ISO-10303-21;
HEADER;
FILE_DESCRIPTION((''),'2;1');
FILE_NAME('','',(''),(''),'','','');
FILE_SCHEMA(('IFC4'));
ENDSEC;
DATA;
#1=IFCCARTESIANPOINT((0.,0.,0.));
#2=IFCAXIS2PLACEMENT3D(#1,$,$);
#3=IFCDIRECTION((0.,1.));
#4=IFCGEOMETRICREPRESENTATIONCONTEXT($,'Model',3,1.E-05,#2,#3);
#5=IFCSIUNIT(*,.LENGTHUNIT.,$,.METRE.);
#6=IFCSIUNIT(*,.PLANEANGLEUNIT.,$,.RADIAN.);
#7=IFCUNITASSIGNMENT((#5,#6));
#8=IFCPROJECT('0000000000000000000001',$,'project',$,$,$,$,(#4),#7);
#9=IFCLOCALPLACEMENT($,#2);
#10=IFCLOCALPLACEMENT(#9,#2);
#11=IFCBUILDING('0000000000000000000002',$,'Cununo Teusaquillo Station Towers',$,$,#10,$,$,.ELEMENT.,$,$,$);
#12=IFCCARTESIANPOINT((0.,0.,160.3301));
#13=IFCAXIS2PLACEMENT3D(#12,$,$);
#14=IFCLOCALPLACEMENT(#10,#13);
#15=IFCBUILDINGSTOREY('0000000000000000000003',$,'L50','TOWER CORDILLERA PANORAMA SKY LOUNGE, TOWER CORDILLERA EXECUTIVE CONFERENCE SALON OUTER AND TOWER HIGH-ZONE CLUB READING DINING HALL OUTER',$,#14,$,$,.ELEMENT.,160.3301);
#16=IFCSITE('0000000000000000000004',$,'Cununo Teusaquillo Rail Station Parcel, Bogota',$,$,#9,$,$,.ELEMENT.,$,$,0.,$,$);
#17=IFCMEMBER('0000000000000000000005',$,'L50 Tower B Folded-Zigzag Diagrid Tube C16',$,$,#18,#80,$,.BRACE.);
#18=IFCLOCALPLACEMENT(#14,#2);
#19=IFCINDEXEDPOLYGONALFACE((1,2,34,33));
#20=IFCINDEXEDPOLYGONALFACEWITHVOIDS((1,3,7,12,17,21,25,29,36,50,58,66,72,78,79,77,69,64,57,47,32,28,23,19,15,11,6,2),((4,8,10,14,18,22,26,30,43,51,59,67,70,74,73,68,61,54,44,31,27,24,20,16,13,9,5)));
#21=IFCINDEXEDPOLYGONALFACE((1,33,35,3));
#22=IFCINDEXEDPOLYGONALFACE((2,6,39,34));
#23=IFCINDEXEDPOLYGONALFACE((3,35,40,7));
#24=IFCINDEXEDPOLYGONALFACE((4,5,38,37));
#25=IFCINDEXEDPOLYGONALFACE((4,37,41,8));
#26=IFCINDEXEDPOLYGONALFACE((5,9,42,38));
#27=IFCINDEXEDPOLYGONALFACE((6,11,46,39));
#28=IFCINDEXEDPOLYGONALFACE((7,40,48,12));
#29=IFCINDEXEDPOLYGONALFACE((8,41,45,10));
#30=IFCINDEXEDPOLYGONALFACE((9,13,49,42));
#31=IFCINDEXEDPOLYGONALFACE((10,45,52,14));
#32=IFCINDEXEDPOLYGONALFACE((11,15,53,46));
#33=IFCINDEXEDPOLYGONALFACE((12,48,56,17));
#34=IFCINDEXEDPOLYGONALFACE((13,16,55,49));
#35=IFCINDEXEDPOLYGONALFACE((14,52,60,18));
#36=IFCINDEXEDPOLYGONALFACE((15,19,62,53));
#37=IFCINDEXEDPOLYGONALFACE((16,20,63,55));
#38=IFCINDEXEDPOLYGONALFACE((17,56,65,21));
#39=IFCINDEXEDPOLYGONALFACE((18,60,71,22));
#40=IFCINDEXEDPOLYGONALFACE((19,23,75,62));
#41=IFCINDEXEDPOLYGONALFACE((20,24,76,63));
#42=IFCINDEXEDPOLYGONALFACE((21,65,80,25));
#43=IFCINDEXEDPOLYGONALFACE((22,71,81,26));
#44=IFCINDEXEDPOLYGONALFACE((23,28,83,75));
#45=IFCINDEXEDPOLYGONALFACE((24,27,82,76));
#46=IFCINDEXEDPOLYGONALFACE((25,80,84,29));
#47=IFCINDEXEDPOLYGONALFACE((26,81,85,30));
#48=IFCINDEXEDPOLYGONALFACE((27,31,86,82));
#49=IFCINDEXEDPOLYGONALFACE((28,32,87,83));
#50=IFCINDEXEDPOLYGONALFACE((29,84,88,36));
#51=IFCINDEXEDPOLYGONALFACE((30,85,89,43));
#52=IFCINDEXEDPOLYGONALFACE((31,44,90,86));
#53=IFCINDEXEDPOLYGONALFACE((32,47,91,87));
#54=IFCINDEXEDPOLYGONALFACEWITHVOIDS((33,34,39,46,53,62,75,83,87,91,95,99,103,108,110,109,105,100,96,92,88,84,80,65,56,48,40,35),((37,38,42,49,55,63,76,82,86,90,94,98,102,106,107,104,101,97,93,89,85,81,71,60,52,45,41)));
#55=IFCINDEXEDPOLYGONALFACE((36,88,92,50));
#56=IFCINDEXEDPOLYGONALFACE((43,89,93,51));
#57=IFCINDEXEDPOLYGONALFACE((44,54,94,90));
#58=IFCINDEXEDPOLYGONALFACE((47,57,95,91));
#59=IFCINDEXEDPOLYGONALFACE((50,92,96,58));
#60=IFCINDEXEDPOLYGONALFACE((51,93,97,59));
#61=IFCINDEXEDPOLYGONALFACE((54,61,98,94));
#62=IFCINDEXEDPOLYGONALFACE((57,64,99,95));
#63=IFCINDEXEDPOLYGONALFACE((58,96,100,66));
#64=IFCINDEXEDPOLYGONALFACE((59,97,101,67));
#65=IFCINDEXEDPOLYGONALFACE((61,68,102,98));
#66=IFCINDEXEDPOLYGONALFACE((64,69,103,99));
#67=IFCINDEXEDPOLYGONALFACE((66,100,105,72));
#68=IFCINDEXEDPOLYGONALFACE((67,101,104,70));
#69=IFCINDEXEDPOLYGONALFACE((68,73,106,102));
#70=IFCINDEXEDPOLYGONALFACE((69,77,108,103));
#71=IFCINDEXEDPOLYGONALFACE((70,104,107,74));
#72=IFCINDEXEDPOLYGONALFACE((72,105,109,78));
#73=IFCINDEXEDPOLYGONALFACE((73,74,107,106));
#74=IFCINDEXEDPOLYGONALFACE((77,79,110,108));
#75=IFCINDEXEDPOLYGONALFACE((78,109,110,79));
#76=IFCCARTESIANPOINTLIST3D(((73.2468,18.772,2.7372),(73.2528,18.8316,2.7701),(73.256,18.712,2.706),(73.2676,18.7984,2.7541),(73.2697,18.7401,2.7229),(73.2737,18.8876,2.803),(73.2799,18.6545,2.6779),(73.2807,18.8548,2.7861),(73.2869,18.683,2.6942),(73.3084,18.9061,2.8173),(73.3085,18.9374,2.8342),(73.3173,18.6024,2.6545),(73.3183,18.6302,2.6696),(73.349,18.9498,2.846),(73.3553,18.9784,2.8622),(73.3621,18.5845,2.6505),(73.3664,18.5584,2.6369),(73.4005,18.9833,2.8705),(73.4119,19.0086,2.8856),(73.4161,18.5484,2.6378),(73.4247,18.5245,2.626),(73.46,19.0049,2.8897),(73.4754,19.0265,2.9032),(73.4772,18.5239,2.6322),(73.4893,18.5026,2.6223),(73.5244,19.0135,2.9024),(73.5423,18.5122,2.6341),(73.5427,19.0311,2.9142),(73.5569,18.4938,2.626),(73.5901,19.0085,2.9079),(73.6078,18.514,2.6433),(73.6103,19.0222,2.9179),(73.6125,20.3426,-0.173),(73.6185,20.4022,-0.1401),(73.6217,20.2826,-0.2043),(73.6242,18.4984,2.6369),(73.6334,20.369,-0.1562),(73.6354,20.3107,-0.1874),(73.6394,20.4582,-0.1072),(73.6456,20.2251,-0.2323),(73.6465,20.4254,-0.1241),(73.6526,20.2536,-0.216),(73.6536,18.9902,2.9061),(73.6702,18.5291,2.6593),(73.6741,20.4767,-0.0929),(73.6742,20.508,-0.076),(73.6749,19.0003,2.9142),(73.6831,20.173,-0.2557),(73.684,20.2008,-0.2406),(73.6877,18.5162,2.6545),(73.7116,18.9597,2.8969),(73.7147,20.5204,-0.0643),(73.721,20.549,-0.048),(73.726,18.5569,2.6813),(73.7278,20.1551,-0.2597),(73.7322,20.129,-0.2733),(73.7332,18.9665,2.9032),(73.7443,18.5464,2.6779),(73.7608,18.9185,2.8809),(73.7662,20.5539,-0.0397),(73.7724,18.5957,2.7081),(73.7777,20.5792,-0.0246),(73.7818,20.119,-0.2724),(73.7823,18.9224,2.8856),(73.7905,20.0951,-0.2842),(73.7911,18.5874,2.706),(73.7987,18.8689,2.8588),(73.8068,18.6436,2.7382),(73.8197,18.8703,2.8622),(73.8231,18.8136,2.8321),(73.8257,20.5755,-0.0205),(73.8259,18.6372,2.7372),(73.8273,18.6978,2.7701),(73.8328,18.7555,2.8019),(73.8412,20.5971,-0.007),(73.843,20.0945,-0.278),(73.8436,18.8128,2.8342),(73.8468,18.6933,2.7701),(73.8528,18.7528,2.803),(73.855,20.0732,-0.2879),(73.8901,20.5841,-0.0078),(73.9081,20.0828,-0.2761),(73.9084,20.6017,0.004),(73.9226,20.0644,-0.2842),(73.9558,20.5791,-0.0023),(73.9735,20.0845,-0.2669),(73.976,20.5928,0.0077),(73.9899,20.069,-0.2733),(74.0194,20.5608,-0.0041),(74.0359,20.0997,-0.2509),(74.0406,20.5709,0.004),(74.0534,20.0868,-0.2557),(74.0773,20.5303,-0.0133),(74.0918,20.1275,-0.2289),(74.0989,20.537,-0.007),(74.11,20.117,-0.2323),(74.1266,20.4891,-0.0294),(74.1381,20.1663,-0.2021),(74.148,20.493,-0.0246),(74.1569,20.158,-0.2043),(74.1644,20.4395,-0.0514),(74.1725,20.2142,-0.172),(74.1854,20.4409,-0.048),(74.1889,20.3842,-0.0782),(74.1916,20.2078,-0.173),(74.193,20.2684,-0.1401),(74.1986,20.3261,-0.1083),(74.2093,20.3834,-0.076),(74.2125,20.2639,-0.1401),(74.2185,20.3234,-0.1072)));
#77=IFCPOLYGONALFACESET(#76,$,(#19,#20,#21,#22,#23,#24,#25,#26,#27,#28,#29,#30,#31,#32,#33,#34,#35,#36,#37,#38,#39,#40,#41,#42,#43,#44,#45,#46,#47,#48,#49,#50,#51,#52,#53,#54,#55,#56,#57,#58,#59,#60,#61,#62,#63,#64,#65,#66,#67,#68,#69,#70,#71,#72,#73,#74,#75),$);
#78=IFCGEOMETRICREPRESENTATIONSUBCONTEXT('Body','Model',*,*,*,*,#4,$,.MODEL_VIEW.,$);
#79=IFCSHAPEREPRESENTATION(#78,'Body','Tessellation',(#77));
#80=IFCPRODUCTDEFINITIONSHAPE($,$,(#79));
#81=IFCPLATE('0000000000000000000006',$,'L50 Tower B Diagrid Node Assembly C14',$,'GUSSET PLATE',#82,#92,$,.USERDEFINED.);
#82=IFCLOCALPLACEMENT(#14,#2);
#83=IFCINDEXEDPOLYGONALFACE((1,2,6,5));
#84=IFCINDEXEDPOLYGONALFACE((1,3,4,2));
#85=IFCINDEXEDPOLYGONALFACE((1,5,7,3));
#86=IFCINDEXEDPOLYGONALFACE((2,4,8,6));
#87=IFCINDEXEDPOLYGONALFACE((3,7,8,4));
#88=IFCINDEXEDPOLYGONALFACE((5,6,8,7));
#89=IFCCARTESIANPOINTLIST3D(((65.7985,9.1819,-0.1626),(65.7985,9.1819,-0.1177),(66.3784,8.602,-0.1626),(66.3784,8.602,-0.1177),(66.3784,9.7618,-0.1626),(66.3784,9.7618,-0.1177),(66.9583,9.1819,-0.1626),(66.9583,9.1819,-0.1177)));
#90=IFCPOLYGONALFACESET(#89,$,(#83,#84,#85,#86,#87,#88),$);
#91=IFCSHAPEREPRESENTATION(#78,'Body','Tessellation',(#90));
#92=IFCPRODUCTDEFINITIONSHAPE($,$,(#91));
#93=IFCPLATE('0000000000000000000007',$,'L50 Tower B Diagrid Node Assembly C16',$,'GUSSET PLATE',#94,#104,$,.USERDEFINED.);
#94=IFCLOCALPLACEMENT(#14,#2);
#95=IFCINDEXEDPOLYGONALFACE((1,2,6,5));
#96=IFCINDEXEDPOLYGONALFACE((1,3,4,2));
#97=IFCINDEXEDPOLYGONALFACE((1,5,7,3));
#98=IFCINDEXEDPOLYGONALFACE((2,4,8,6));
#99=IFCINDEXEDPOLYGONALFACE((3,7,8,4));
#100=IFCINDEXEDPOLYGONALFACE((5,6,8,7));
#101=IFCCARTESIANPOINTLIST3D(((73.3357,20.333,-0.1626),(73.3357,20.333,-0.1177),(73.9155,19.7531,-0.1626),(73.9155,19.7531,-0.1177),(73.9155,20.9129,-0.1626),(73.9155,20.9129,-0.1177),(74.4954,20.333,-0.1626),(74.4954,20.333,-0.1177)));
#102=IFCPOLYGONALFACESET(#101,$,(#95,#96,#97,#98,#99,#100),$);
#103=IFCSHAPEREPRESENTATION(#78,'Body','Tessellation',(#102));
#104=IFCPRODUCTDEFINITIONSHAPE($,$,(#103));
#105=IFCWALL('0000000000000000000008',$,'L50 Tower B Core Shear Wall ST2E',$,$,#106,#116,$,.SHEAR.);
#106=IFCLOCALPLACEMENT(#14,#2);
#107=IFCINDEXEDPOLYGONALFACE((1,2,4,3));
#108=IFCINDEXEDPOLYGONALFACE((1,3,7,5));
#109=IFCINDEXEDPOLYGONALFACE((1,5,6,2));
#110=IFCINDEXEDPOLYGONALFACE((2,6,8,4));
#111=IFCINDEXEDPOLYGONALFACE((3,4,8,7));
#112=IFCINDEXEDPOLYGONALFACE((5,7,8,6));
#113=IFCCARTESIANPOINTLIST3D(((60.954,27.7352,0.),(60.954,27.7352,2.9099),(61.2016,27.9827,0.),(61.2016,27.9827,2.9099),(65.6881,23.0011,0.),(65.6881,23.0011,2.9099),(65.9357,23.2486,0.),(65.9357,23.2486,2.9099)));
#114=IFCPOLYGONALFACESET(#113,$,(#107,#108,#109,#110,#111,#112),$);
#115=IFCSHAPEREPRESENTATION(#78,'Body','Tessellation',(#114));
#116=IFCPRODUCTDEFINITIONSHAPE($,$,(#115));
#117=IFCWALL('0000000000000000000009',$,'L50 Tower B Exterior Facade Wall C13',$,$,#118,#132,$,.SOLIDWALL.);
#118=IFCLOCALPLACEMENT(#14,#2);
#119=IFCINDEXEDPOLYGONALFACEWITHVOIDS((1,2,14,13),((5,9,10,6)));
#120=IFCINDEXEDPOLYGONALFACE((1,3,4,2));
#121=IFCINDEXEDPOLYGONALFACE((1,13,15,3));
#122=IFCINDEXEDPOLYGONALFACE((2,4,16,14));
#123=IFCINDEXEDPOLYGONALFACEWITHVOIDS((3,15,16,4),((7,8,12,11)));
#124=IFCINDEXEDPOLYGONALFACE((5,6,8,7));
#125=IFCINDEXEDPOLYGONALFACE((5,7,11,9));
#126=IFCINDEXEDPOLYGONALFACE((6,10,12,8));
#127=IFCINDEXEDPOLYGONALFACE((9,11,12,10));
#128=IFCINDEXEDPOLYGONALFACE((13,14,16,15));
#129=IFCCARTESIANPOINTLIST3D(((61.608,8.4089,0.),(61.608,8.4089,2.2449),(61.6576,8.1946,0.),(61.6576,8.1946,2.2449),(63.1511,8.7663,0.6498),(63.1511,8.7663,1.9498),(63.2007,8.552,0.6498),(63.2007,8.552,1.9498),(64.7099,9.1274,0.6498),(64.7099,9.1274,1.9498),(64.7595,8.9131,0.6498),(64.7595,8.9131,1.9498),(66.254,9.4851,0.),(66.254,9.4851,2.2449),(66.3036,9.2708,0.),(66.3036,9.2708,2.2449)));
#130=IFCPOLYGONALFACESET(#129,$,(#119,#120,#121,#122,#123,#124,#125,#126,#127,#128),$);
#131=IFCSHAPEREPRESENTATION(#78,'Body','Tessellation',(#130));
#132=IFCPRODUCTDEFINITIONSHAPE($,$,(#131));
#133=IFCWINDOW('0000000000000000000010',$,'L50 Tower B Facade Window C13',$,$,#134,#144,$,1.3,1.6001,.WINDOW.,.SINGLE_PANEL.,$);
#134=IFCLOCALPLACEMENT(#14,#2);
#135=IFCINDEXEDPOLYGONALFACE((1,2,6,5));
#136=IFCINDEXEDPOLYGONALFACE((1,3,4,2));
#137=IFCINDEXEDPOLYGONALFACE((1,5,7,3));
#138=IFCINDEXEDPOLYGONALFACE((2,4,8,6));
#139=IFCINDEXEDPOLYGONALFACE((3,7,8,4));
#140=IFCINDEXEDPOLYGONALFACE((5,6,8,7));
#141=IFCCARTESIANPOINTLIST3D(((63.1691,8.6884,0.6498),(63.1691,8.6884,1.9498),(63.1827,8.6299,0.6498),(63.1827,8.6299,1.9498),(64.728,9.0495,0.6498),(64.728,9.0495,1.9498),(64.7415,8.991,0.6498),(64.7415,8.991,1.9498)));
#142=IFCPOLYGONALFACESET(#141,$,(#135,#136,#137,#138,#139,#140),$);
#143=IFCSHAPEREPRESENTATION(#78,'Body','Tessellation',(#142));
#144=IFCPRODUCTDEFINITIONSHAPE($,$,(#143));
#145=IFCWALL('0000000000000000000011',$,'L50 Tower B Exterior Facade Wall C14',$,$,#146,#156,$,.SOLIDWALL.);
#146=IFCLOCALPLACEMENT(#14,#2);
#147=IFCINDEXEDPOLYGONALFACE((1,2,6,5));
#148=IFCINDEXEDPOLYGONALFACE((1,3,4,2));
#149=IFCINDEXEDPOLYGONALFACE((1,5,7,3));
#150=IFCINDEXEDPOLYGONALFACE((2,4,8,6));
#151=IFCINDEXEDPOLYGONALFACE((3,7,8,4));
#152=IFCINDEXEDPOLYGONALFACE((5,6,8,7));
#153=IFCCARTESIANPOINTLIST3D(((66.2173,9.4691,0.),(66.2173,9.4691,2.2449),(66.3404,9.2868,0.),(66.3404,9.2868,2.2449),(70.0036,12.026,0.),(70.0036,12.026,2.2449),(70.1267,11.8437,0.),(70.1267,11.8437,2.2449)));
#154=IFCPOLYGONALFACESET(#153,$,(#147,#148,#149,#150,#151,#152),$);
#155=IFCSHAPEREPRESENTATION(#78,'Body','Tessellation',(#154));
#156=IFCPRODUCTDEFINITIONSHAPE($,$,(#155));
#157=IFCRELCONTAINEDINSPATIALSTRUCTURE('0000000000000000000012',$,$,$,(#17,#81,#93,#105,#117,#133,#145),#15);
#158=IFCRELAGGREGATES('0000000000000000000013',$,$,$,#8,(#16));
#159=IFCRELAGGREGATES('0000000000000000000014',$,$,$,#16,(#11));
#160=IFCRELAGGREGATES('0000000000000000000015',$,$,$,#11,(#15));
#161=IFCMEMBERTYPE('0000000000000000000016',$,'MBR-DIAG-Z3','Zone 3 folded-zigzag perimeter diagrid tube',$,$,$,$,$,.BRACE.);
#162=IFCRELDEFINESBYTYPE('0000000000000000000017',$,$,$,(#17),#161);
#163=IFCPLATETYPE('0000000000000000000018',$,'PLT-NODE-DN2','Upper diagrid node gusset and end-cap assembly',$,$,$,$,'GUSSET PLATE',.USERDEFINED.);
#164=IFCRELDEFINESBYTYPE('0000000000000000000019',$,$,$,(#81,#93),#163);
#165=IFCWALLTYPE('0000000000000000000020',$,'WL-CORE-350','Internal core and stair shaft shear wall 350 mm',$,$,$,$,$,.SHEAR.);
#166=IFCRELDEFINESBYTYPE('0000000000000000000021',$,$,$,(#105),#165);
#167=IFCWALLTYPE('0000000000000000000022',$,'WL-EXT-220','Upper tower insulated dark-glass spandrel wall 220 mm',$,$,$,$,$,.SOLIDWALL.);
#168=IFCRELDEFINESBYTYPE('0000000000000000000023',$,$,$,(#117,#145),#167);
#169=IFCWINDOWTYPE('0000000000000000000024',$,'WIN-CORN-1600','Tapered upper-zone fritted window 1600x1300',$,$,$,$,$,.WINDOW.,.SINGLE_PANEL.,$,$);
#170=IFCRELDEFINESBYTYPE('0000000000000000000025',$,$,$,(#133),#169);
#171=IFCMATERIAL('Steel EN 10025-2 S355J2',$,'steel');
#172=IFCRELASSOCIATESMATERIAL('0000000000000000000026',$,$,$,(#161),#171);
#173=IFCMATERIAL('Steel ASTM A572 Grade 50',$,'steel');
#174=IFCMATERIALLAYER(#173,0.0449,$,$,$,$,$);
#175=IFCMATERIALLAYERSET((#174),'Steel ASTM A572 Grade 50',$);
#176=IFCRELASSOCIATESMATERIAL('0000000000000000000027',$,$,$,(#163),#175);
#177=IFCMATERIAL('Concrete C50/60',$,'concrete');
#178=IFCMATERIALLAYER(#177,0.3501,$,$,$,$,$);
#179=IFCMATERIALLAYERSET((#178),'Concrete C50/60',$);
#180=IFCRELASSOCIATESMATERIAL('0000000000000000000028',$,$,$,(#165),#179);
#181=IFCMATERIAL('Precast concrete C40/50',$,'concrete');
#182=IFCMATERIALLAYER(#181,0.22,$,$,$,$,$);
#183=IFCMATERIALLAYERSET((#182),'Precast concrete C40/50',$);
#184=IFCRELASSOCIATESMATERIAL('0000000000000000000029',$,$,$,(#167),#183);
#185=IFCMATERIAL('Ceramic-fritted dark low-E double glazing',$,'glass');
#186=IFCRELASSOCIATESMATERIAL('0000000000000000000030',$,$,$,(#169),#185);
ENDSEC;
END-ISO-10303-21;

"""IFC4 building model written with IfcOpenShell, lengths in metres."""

from ifc_helpers import new_model, si_unit, direction, frame, frame_2d, origin, origin_2d, place, context, subcontext, project, spatial, rectangle, hollow_circle, extrude, source, transform, mapped, material, layer, layer_set, material_profile, profile_set, type_object, element, fill, save


model = new_model("IFC4")

# Units and contexts
model_context = context("Model", 3, precision=1e-05, world=origin(), true_north=direction((0.0, 1.0)))
body_context = subcontext(model_context, "Body", "Model", "MODEL_VIEW")
ifc_project = project(units=[si_unit("LENGTHUNIT", "METRE"), si_unit("PLANEANGLEUNIT", "RADIAN")], contexts=[model_context])

# Site, building, storey
site_placement = place(None, origin())
site = spatial("IfcSite", under=ifc_project, at=site_placement, Name="Cununo Teusaquillo Rail Station Parcel, Bogota", CompositionType="ELEMENT", RefElevation=0.0)
building_placement = place(site_placement, origin())
building = spatial("IfcBuilding", under=site, at=building_placement, Name="Cununo Teusaquillo Station Towers", CompositionType="ELEMENT")
storey_placement = place(building_placement, frame((0.0, 0.0, 160.3301)))
storey = spatial("IfcBuildingStorey", under=building, at=storey_placement, Name="L50", Description="TOWER CORDILLERA PANORAMA SKY LOUNGE, TOWER CORDILLERA EXECUTIVE CONFERENCE SALON OUTER AND TOWER HIGH-ZONE CLUB READING DINING HALL OUTER", CompositionType="ELEMENT", Elevation=160.3301)

# Member
ifc_material_1 = material(Name="Steel EN 10025-2 S355J2", Category="steel")
ifc_material_profile_1 = material_profile(ifc_material_1, hollow_circle(Radius=0.3049, WallThickness=0.02, at=origin_2d()), Name="CHS 610x20")
ifc_profile_set_1 = profile_set([ifc_material_profile_1], Name="Steel EN 10025-2 S355J2")
member_type = type_object("IfcMemberType", Name="MBR-DIAG-Z3", Description="Zone 3 folded-zigzag perimeter diagrid tube", PredefinedType="BRACE", material=ifc_profile_set_1)
member_1_placement = place(storey_placement, frame((73.9155, 20.333, -0.1401), z_axis=(-0.109923, -0.472054, 0.87469), x_axis=(0.973943, -0.226794, 0.0)))
element("IfcMember", 1, at=member_1_placement, inside=storey, type_object=member_type, Name="L50 Tower B Folded-Zigzag Diagrid Tube C16", PredefinedType="BRACE", context=body_context, shape_type="SweptSolid", body=[
    extrude(hollow_circle(Radius=0.3049, WallThickness=0.02, at=origin_2d()), origin(), (0.0, 0.0, 1.0), 3.3271),
])

# Plates
ifc_material_2 = material(Name="Steel ASTM A572 Grade 50", Category="steel")
ifc_layer_1 = layer(ifc_material_2, 0.0449)
ifc_layer_set_1 = layer_set([ifc_layer_1], Name="Steel ASTM A572 Grade 50")
plate_type = type_object("IfcPlateType", Name="PLT-NODE-DN2", Description="Upper diagrid node gusset and end-cap assembly", ElementType="GUSSET PLATE", PredefinedType="USERDEFINED", material=ifc_layer_set_1)
shared_shape_1 = source(origin(), body_context, "Body", "SweptSolid", [
    extrude(rectangle(XDim=0.8201, YDim=0.8201, at=origin_2d()), origin(), (0.0, 0.0, 1.0), 0.0449),
])
for number, where, z_axis, x_axis, name in (
    (2, (66.3784, 9.1819, -0.1626), (0.0, 0.0, 1.0), (0.707107, 0.707107, 0.0), "L50 Tower B Diagrid Node Assembly C14"),
    (3, (73.9155, 20.333, -0.1626), (0.0, 0.0, 1.0), (0.707107, 0.707107, 0.0), "L50 Tower B Diagrid Node Assembly C16"),
):
    element("IfcPlate", number, at=place(storey_placement, frame(where, z_axis=z_axis, x_axis=x_axis)), inside=storey, type_object=plate_type, Name=name, ObjectType="GUSSET PLATE", PredefinedType="USERDEFINED", context=body_context, shape_type="MappedRepresentation", body=[
        mapped(shared_shape_1, transform((0.0, 0.0, 0.0), x_axis=(1.0, 0.0, 0.0), y_axis=(0.0, 1.0, 0.0), z_axis=(0.0, 0.0, 1.0), scale=1.0)),
    ])

# Wall
ifc_material_3 = material(Name="Concrete C50/60", Category="concrete")
ifc_layer_2 = layer(ifc_material_3, 0.3501)
ifc_layer_set_2 = layer_set([ifc_layer_2], Name="Concrete C50/60")
wall_type_1 = type_object("IfcWallType", Name="WL-CORE-350", Description="Internal core and stair shaft shear wall 350 mm", PredefinedType="SHEAR", material=ifc_layer_set_2)
wall_1_placement = place(storey_placement, frame((65.812, 23.1248, 0.0), z_axis=(0.0, 0.0, 1.0), x_axis=(-0.707107, 0.707107, 0.0)))
element("IfcWall", 4, at=wall_1_placement, inside=storey, type_object=wall_type_1, Name="L50 Tower B Core Shear Wall ST2E", PredefinedType="SHEAR", context=body_context, shape_type="SweptSolid", body=[
    extrude(rectangle(XDim=6.6951, YDim=0.3501, at=frame_2d((3.3477, 0.0))), origin(), (0.0, 0.0, 1.0), 2.9099),
])

# Wall, opening, window
ifc_material_4 = material(Name="Precast concrete C40/50", Category="concrete")
ifc_layer_3 = layer(ifc_material_4, 0.22)
ifc_layer_set_3 = layer_set([ifc_layer_3], Name="Precast concrete C40/50")
wall_type_2 = type_object("IfcWallType", Name="WL-EXT-220", Description="Upper tower insulated dark-glass spandrel wall 220 mm", PredefinedType="SOLIDWALL", material=ifc_layer_set_3)
wall_2_placement = place(storey_placement, frame((66.2788, 9.3779, 0.0), z_axis=(0.0, 0.0, 1.0), x_axis=(-0.974206, -0.22566, 0.0)))
wall_2 = element("IfcWall", 5, at=wall_2_placement, inside=storey, type_object=wall_type_2, Name="L50 Tower B Exterior Facade Wall C13", PredefinedType="SOLIDWALL", context=body_context, shape_type="SweptSolid", body=[
    extrude(rectangle(XDim=4.769, YDim=0.22, at=frame_2d((2.3845, 0.0))), origin(), (0.0, 0.0, 1.0), 2.2449),
])
shared_shape_2 = source(origin(), body_context, "Body", "SweptSolid", [
    extrude(rectangle(XDim=1.6001, YDim=1.3, at=frame_2d((0.8, 0.6499))), frame((0.0, 0.1199, 0.0), z_axis=(0.0, -1.0, 0.0), x_axis=(1.0, 0.0, 0.0)), (0.0, 0.0, 1.0), 0.24),
])
opening_1_placement = place(wall_2_placement, frame((1.585, 0.0, 0.6499)))
opening_1 = element("IfcOpeningElement", 6, at=opening_1_placement, cuts=wall_2, PredefinedType="OPENING", context=body_context, shape_type="MappedRepresentation", body=[
    mapped(shared_shape_2, transform((0.0, 0.0, 0.0), x_axis=(1.0, 0.0, 0.0), y_axis=(0.0, 1.0, 0.0), z_axis=(0.0, 0.0, 1.0), scale=1.0)),
])
ifc_material_5 = material(Name="Ceramic-fritted dark low-E double glazing", Category="glass")
window_type = type_object("IfcWindowType", Name="WIN-CORN-1600", Description="Tapered upper-zone fritted window 1600x1300", PartitioningType="SINGLE_PANEL", PredefinedType="WINDOW", material=ifc_material_5)
shared_shape_3 = source(origin(), body_context, "Body", "SweptSolid", [
    extrude(rectangle(XDim=1.6001, YDim=1.3, at=frame_2d((0.8, 0.6499))), frame((0.0, 0.03, 0.0), z_axis=(0.0, -1.0, 0.0), x_axis=(1.0, 0.0, 0.0)), (0.0, 0.0, 1.0), 0.0601),
])
window_1_placement = place(opening_1_placement, origin())
window_1 = element("IfcWindow", 7, at=window_1_placement, inside=storey, type_object=window_type, Name="L50 Tower B Facade Window C13", OverallHeight=1.3, OverallWidth=1.6001, PartitioningType="SINGLE_PANEL", PredefinedType="WINDOW", context=body_context, shape_type="MappedRepresentation", body=[
    mapped(shared_shape_3, transform((0.0, 0.0, 0.0), x_axis=(1.0, 0.0, 0.0), y_axis=(0.0, 1.0, 0.0), z_axis=(0.0, 0.0, 1.0), scale=1.0)),
])
fill(opening_1, window_1)

# Wall
wall_3_placement = place(storey_placement, frame((70.0652, 11.9348, 0.0), z_axis=(0.0, 0.0, 1.0), x_axis=(-0.828739, -0.559635, 0.0)))
element("IfcWall", 8, at=wall_3_placement, inside=storey, type_object=wall_type_2, Name="L50 Tower B Exterior Facade Wall C14", PredefinedType="SOLIDWALL", context=body_context, shape_type="SweptSolid", body=[
    extrude(rectangle(XDim=4.5688, YDim=0.22, at=frame_2d((2.2844, 0.0))), origin(), (0.0, 0.0, 1.0), 2.2449),
])

save(model, "model.ifc")
